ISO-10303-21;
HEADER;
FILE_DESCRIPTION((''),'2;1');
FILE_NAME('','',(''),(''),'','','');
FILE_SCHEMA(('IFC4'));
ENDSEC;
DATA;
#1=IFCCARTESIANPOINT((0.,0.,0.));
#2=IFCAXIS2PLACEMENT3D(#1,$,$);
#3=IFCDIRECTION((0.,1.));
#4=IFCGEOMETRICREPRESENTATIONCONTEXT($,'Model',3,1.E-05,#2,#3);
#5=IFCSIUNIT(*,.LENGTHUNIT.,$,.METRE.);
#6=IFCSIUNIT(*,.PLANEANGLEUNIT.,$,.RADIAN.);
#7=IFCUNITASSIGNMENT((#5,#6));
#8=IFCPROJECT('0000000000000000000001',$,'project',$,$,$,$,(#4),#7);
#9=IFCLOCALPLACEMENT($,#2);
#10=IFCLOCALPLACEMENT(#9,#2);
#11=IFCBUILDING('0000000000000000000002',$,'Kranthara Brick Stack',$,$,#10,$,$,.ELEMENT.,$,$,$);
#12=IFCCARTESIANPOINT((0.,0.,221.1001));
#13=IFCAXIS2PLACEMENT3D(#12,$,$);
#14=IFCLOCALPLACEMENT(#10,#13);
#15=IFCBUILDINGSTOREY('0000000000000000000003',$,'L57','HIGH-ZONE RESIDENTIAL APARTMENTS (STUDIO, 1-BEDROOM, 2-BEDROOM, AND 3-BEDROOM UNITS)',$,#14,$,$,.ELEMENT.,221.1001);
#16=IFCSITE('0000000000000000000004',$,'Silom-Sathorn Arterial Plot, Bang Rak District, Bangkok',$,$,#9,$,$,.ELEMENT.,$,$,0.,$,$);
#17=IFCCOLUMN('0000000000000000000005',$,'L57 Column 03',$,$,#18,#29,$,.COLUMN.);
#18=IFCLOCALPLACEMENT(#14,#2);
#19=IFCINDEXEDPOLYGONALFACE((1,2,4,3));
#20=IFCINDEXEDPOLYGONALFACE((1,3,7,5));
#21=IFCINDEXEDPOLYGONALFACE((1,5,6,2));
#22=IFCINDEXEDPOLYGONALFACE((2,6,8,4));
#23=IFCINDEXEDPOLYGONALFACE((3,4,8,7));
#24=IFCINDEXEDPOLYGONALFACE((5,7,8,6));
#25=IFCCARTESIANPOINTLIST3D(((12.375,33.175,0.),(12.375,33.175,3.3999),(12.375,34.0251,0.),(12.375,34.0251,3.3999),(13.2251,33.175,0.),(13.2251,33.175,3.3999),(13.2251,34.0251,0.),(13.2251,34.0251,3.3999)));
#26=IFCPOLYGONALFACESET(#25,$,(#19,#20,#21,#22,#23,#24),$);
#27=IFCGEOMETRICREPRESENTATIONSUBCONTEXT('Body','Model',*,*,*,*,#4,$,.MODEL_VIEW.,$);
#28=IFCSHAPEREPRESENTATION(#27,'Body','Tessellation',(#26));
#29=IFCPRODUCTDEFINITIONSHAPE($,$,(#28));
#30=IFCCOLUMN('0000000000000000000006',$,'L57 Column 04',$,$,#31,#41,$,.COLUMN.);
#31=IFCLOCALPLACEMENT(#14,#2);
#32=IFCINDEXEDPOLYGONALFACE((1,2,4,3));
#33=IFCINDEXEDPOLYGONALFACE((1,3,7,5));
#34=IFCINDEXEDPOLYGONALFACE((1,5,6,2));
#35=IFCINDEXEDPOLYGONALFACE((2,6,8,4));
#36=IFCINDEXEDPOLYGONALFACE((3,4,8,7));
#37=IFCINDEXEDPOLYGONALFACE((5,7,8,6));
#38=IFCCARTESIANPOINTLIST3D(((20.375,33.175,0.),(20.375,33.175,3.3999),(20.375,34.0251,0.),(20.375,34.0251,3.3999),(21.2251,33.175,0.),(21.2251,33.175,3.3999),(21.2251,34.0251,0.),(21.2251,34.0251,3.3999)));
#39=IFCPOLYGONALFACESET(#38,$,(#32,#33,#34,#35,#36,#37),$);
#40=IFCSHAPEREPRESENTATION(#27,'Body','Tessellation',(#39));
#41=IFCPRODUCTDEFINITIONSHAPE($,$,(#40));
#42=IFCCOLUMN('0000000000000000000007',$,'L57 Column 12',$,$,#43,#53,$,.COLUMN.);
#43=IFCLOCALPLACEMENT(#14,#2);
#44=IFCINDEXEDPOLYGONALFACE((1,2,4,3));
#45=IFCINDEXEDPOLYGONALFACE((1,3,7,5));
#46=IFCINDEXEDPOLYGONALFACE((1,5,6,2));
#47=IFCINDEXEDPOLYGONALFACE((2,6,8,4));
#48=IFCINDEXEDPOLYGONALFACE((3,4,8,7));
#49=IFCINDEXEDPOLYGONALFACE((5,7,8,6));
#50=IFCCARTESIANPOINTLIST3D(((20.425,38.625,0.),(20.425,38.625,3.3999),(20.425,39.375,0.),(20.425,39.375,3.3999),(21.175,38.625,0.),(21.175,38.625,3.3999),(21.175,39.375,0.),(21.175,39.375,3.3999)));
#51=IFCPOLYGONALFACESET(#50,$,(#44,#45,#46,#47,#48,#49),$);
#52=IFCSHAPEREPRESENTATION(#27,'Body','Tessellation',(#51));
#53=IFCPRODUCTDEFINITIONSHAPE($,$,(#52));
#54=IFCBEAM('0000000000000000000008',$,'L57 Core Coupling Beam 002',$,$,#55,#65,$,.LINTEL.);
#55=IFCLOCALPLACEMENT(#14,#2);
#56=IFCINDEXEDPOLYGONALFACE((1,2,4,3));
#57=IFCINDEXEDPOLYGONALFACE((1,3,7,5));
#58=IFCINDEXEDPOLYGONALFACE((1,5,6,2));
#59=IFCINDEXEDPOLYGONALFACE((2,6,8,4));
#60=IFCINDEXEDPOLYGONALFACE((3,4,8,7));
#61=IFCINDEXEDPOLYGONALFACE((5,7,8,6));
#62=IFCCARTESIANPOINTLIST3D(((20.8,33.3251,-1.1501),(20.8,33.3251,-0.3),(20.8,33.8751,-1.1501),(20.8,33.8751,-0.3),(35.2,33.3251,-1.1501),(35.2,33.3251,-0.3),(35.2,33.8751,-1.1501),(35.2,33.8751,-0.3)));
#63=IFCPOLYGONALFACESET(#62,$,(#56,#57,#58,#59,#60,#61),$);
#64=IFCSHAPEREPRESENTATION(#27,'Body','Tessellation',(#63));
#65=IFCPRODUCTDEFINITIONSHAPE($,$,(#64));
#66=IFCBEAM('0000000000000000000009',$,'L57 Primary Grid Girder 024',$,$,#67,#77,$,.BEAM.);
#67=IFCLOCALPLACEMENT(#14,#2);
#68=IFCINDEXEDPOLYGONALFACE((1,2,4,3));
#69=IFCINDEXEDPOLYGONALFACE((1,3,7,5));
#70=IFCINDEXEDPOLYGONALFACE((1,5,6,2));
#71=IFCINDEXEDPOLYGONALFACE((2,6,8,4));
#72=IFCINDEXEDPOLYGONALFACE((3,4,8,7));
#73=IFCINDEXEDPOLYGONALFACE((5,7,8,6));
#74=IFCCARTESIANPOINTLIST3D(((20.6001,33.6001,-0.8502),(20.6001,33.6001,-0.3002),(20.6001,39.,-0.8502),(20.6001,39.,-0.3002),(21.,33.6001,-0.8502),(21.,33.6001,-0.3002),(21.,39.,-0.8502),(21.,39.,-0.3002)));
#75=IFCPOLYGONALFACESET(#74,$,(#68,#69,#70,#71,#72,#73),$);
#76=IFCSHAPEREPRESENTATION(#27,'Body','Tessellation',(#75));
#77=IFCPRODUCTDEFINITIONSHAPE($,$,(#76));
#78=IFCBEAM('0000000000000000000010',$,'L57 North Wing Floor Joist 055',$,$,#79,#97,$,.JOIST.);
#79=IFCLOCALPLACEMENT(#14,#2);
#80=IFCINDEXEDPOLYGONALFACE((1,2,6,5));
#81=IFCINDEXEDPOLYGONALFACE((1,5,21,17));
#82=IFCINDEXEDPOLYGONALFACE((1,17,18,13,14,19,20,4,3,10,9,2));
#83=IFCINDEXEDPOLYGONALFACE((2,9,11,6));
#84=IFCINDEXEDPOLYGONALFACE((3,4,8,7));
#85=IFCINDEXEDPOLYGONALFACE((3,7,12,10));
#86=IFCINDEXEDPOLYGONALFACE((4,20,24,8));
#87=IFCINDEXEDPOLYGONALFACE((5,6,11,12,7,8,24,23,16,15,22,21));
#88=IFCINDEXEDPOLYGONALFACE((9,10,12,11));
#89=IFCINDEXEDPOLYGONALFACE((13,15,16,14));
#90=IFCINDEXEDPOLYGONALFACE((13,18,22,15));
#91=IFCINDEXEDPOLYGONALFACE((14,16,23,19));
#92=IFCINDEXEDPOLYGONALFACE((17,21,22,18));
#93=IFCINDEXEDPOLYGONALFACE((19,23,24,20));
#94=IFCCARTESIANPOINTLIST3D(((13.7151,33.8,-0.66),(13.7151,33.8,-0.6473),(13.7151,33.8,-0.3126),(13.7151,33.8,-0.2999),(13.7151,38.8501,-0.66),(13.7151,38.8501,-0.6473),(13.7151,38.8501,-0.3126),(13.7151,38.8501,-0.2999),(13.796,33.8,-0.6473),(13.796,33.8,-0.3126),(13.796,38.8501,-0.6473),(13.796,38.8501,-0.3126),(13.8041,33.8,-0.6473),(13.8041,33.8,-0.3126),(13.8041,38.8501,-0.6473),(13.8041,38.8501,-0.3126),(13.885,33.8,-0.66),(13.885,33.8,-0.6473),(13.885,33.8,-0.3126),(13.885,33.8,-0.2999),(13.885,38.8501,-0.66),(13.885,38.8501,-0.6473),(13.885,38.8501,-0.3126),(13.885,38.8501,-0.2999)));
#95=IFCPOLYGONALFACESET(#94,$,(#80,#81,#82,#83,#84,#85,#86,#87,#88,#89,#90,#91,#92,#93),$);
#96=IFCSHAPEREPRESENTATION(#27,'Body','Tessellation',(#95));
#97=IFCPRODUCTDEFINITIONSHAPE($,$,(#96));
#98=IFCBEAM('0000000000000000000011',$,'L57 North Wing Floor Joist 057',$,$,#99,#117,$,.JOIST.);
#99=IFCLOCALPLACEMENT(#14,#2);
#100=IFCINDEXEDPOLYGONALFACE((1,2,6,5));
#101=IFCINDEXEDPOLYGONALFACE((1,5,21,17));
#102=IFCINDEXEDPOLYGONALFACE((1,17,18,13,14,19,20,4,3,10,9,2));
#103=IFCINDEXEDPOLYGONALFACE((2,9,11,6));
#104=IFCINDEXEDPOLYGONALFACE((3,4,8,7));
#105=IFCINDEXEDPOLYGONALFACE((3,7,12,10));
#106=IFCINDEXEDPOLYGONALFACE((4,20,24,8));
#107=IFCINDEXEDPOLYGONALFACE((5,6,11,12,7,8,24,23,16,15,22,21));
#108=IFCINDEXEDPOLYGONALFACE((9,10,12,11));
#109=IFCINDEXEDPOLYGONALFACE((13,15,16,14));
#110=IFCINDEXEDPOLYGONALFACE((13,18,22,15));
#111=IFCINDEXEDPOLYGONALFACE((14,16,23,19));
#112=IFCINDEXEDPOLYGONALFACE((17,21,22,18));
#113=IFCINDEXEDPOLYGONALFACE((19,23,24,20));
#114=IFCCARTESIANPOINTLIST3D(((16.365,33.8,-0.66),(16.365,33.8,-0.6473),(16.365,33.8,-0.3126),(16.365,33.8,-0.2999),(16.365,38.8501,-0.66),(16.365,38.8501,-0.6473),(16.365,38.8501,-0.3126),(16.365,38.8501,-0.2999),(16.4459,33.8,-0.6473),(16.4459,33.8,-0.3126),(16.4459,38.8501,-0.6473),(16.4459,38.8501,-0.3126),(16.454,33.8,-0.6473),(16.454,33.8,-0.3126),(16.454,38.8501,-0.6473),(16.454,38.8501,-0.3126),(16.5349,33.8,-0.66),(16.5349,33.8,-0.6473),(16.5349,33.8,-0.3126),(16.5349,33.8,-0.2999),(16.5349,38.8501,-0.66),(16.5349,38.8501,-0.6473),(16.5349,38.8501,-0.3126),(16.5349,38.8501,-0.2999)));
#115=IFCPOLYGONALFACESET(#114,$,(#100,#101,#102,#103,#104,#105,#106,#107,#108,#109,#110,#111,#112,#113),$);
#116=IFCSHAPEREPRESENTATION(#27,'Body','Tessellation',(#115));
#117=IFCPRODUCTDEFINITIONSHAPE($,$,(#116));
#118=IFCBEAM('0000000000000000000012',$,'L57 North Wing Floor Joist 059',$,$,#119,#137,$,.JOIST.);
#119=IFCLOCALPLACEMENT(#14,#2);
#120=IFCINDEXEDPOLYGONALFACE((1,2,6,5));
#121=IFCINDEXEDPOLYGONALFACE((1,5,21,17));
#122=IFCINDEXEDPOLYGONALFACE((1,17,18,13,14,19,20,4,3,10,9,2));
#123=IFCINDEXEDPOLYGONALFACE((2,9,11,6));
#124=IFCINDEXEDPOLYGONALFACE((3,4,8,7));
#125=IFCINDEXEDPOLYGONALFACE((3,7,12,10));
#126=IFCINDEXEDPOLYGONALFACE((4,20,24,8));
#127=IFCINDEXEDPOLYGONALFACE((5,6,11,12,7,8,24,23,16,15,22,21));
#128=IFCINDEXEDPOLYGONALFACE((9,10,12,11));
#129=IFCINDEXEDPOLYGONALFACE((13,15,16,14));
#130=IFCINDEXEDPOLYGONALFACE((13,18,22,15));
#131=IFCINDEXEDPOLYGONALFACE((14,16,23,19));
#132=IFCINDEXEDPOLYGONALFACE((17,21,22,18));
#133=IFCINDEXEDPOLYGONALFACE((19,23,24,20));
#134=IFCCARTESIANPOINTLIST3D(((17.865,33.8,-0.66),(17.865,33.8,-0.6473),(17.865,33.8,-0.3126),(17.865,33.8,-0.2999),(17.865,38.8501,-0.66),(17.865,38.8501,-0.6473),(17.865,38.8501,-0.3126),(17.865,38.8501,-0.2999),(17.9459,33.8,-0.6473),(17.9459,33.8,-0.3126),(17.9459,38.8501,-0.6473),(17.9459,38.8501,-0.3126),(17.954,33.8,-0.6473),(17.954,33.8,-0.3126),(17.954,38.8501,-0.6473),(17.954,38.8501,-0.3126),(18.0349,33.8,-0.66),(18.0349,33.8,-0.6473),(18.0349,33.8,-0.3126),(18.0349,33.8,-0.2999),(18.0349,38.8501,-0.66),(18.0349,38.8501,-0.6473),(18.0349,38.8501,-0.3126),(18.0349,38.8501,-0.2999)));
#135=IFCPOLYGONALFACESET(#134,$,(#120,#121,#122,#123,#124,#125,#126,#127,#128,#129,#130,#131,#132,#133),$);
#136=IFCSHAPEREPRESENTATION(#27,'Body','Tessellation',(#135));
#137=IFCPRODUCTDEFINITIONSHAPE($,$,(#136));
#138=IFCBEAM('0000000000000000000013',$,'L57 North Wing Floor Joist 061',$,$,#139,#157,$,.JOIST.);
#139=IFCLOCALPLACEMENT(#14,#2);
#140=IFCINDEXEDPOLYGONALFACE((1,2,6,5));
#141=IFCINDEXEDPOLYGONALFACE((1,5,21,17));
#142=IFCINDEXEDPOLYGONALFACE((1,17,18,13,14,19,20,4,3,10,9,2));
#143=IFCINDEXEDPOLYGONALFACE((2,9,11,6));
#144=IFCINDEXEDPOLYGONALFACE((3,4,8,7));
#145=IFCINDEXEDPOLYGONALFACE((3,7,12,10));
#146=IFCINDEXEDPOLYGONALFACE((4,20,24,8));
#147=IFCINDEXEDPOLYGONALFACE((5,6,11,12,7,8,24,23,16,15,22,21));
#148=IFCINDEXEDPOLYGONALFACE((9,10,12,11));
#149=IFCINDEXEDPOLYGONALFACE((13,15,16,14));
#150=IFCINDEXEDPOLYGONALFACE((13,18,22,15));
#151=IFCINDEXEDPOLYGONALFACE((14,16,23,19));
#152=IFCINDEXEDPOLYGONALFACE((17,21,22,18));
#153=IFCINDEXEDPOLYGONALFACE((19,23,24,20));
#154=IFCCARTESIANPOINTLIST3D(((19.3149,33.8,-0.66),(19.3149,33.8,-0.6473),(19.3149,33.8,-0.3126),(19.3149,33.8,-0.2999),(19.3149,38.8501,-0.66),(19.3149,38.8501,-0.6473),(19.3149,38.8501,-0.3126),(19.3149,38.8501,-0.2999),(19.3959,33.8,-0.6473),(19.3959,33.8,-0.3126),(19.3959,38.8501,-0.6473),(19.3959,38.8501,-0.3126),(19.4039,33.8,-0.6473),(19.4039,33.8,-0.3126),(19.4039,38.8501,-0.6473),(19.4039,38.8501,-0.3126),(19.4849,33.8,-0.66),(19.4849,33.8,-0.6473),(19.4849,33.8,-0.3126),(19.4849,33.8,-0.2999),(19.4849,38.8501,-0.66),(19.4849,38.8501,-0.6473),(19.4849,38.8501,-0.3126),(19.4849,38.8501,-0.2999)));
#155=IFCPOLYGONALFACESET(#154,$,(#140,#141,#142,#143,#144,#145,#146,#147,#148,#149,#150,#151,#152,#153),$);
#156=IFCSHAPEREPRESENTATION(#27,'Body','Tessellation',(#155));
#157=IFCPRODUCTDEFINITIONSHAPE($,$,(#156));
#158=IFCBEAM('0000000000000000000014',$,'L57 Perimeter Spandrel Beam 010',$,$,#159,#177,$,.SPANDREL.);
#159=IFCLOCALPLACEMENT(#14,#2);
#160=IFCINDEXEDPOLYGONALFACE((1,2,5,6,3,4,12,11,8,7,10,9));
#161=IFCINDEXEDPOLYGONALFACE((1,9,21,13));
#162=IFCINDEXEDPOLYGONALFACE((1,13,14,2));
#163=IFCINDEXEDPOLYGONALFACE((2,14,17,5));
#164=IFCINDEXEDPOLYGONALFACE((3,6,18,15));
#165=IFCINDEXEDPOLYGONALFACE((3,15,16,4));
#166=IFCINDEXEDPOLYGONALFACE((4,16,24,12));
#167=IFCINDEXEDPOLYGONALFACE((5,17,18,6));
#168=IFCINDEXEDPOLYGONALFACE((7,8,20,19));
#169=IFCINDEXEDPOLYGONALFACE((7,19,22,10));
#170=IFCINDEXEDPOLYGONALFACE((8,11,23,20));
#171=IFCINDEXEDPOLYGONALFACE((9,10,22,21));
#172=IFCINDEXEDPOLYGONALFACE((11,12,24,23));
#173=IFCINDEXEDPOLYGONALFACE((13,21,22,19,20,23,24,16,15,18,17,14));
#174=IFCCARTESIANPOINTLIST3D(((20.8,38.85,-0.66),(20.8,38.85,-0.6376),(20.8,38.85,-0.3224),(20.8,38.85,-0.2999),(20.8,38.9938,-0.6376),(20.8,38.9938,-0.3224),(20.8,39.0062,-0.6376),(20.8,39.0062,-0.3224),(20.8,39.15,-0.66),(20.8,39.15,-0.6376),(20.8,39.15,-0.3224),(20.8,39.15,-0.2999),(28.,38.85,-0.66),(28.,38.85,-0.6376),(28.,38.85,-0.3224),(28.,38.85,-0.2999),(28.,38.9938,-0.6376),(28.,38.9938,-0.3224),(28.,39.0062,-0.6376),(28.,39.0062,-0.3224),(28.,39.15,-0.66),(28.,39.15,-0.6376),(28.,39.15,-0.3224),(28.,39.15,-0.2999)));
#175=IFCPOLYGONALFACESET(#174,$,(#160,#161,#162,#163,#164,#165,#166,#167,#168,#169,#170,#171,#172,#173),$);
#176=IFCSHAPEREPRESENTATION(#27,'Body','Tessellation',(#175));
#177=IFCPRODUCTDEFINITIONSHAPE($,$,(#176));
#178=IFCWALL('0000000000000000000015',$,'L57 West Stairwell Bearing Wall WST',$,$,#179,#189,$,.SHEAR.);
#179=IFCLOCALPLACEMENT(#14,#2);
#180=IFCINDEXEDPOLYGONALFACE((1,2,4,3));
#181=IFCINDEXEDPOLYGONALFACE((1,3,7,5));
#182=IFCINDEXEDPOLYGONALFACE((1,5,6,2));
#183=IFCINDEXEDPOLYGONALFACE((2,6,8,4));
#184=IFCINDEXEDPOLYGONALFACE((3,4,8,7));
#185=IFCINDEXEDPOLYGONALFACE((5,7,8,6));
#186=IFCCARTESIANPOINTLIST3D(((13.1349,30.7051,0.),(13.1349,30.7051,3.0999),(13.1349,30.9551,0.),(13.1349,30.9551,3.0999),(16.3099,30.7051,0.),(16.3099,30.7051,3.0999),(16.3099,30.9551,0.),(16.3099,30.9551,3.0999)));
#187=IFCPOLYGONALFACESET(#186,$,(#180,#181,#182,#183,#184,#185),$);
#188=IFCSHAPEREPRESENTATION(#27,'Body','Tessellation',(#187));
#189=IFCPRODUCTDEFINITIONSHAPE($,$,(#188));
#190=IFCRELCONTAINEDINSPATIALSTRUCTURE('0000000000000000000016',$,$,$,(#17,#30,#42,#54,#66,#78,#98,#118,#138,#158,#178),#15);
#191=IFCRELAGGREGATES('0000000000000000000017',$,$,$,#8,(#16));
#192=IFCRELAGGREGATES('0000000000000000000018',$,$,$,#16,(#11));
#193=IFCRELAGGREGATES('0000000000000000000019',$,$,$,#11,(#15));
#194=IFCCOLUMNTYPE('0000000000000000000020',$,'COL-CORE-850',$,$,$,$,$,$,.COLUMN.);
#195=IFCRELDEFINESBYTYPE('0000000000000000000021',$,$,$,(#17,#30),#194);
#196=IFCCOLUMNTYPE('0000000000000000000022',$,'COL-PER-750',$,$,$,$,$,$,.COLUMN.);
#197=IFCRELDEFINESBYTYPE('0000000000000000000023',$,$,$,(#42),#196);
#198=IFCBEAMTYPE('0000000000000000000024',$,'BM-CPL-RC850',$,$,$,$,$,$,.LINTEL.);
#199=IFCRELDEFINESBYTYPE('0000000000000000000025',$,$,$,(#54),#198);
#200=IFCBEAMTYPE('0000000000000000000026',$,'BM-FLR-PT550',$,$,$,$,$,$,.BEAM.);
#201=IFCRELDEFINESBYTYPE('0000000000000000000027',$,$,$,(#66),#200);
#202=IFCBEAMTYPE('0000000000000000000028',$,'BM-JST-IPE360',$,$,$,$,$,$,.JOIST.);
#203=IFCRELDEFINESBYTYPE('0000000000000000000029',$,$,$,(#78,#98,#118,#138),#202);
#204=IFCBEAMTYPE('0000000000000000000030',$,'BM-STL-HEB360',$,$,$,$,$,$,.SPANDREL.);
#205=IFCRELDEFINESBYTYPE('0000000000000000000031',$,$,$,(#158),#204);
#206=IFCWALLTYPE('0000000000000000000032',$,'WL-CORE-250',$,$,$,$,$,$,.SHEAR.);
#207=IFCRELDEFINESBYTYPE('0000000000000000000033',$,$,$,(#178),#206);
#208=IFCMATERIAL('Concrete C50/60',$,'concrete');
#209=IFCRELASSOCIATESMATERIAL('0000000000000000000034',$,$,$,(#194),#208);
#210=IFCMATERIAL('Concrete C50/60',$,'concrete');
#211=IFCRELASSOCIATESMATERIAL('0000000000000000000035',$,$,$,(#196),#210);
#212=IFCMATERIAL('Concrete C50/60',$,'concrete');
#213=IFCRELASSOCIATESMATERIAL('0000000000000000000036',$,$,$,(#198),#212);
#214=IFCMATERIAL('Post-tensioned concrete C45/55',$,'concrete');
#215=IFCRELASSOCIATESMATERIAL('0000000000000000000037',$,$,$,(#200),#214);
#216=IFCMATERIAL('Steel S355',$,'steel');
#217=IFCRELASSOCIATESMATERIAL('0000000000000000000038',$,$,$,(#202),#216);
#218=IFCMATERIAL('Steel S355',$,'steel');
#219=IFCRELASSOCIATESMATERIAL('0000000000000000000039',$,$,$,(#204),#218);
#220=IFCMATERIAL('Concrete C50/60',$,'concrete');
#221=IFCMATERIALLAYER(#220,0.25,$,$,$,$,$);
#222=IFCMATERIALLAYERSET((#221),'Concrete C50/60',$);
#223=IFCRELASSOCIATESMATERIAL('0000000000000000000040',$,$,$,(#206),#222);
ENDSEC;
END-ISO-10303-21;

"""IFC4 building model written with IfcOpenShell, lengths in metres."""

from ifc_helpers import new_model, si_unit, direction, frame, frame_2d, origin, origin_2d, place, context, subcontext, project, spatial, rectangle, i_section, extrude, material, layer, layer_set, material_profile, profile_set, type_object, element, save


model = new_model("IFC4")

# Units and contexts
model_context = context("Model", 3, precision=1e-05, world=origin(), true_north=direction((0.0, 1.0)))
body_context = subcontext(model_context, "Body", "Model", "MODEL_VIEW")
ifc_project = project(units=[si_unit("LENGTHUNIT", "METRE"), si_unit("PLANEANGLEUNIT", "RADIAN")], contexts=[model_context])

# Site, building, storey
site_placement = place(None, origin())
site = spatial("IfcSite", under=ifc_project, at=site_placement, Name="Silom-Sathorn Arterial Plot, Bang Rak District, Bangkok", CompositionType="ELEMENT", RefElevation=0.0)
building_placement = place(site_placement, origin())
building = spatial("IfcBuilding", under=site, at=building_placement, Name="Kranthara Brick Stack", CompositionType="ELEMENT")
storey_placement = place(building_placement, frame((0.0, 0.0, 221.1001)))
storey = spatial("IfcBuildingStorey", under=building, at=storey_placement, Name="L57", Description="HIGH-ZONE RESIDENTIAL APARTMENTS (STUDIO, 1-BEDROOM, 2-BEDROOM, AND 3-BEDROOM UNITS)", CompositionType="ELEMENT", Elevation=221.1001)

# Columns
ifc_material_1 = material(Name="Concrete C50/60", Category="concrete")
ifc_material_profile_1 = material_profile(ifc_material_1, rectangle(XDim=0.8501, YDim=0.8501, at=origin_2d()), Name="RC 850x850")
ifc_profile_set_1 = profile_set([ifc_material_profile_1], Name="Concrete C50/60")
column_type_1 = type_object("IfcColumnType", Name="COL-CORE-850", PredefinedType="COLUMN", material=ifc_profile_set_1)
for number, where, z_axis, x_axis, name in (
    (1, (12.8, 33.6001, 0.0), (0.0, 0.0, 1.0), (1.0, 0.0, 0.0), "L57 Column 03"),
    (2, (20.8, 33.6001, 0.0), (0.0, 0.0, 1.0), (1.0, 0.0, 0.0), "L57 Column 04"),
):
    element("IfcColumn", number, at=place(storey_placement, frame(where, z_axis=z_axis, x_axis=x_axis)), inside=storey, type_object=column_type_1, Name=name, PredefinedType="COLUMN", context=body_context, shape_type="SweptSolid", body=[
        extrude(rectangle(XDim=0.8501, YDim=0.8501, at=origin_2d()), origin(), (0.0, 0.0, 1.0), 3.3999),
    ])
ifc_material_2 = material(Name="Concrete C50/60", Category="concrete")
ifc_material_profile_2 = material_profile(ifc_material_2, rectangle(XDim=0.75, YDim=0.75, at=origin_2d()), Name="RC 750x750")
ifc_profile_set_2 = profile_set([ifc_material_profile_2], Name="Concrete C50/60")
column_type_2 = type_object("IfcColumnType", Name="COL-PER-750", PredefinedType="COLUMN", material=ifc_profile_set_2)
column_placement = place(storey_placement, frame((20.8, 39.0, 0.0), z_axis=(0.0, 0.0, 1.0), x_axis=(1.0, 0.0, 0.0)))
element("IfcColumn", 3, at=column_placement, inside=storey, type_object=column_type_2, Name="L57 Column 12", PredefinedType="COLUMN", context=body_context, shape_type="SweptSolid", body=[
    extrude(rectangle(XDim=0.75, YDim=0.75, at=origin_2d()), origin(), (0.0, 0.0, 1.0), 3.3999),
])

# Beams
ifc_material_3 = material(Name="Concrete C50/60", Category="concrete")
ifc_material_profile_3 = material_profile(ifc_material_3, rectangle(XDim=0.55, YDim=0.8501, at=origin_2d()), Name="RC 550x850")
ifc_profile_set_3 = profile_set([ifc_material_profile_3], Name="Concrete C50/60")
beam_type_1 = type_object("IfcBeamType", Name="BM-CPL-RC850", PredefinedType="LINTEL", material=ifc_profile_set_3)
beam_1_placement = place(storey_placement, frame((20.8, 33.6001, -0.7251), z_axis=(1.0, 0.0, 0.0), x_axis=(0.0, 1.0, 0.0)))
element("IfcBeam", 4, at=beam_1_placement, inside=storey, type_object=beam_type_1, Name="L57 Core Coupling Beam 002", PredefinedType="LINTEL", context=body_context, shape_type="SweptSolid", body=[
    extrude(rectangle(XDim=0.55, YDim=0.8501, at=origin_2d()), origin(), (0.0, 0.0, 1.0), 14.3999),
])
ifc_material_4 = material(Name="Post-tensioned concrete C45/55", Category="concrete")
ifc_material_profile_4 = material_profile(ifc_material_4, rectangle(XDim=0.3999, YDim=0.55, at=origin_2d()), Name="PT 400x550")
ifc_profile_set_4 = profile_set([ifc_material_profile_4], Name="Post-tensioned concrete C45/55")
beam_type_2 = type_object("IfcBeamType", Name="BM-FLR-PT550", PredefinedType="BEAM", material=ifc_profile_set_4)
beam_2_placement = place(storey_placement, frame((20.8, 33.6001, -0.5752), z_axis=(0.0, 1.0, 0.0), x_axis=(-1.0, 0.0, 0.0)))
element("IfcBeam", 5, at=beam_2_placement, inside=storey, type_object=beam_type_2, Name="L57 Primary Grid Girder 024", PredefinedType="BEAM", context=body_context, shape_type="SweptSolid", body=[
    extrude(rectangle(XDim=0.3999, YDim=0.55, at=origin_2d()), origin(), (0.0, 0.0, 1.0), 5.3999),
])
ifc_material_5 = material(Name="Steel S355", Category="steel")
ifc_material_profile_5 = material_profile(ifc_material_5, i_section(OverallWidth=0.1699, OverallDepth=0.3601, WebThickness=0.0081, FlangeThickness=0.0127, at=origin_2d()), Name="IPE 360")
ifc_profile_set_5 = profile_set([ifc_material_profile_5], Name="Steel S355")
beam_type_3 = type_object("IfcBeamType", Name="BM-JST-IPE360", PredefinedType="JOIST", material=ifc_profile_set_5)
for number, where, z_axis, x_axis, name in (
    (6, (13.8, 33.8, -0.48), (0.0, 1.0, 0.0), (-1.0, 0.0, 0.0), "L57 North Wing Floor Joist 055"),
    (7, (16.45, 33.8, -0.48), (0.0, 1.0, 0.0), (-1.0, 0.0, 0.0), "L57 North Wing Floor Joist 057"),
    (8, (17.95, 33.8, -0.48), (0.0, 1.0, 0.0), (-1.0, 0.0, 0.0), "L57 North Wing Floor Joist 059"),
    (9, (19.3999, 33.8, -0.48), (0.0, 1.0, 0.0), (-1.0, 0.0, 0.0), "L57 North Wing Floor Joist 061"),
):
    element("IfcBeam", number, at=place(storey_placement, frame(where, z_axis=z_axis, x_axis=x_axis)), inside=storey, type_object=beam_type_3, Name=name, PredefinedType="JOIST", context=body_context, shape_type="SweptSolid", body=[
        extrude(i_section(OverallWidth=0.1699, OverallDepth=0.3601, WebThickness=0.0081, FlangeThickness=0.0127, at=origin_2d()), origin(), (0.0, 0.0, 1.0), 5.05),
    ])
ifc_material_6 = material(Name="Steel S355", Category="steel")
ifc_material_profile_6 = material_profile(ifc_material_6, i_section(OverallWidth=0.3, OverallDepth=0.3601, WebThickness=0.0125, FlangeThickness=0.0225, at=origin_2d()), Name="HEB 360")
ifc_profile_set_6 = profile_set([ifc_material_profile_6], Name="Steel S355")
beam_type_4 = type_object("IfcBeamType", Name="BM-STL-HEB360", PredefinedType="SPANDREL", material=ifc_profile_set_6)
beam_3_placement = place(storey_placement, frame((20.8, 39.0, -0.48), z_axis=(1.0, 0.0, 0.0), x_axis=(0.0, 1.0, 0.0)))
element("IfcBeam", 10, at=beam_3_placement, inside=storey, type_object=beam_type_4, Name="L57 Perimeter Spandrel Beam 010", PredefinedType="SPANDREL", context=body_context, shape_type="SweptSolid", body=[
    extrude(i_section(OverallWidth=0.3, OverallDepth=0.3601, WebThickness=0.0125, FlangeThickness=0.0225, at=origin_2d()), origin(), (0.0, 0.0, 1.0), 7.2),
])

# Wall
ifc_material_7 = material(Name="Concrete C50/60", Category="concrete")
ifc_layer_1 = layer(ifc_material_7, 0.25)
ifc_layer_set_1 = layer_set([ifc_layer_1], Name="Concrete C50/60")
wall_type_1 = type_object("IfcWallType", Name="WL-CORE-250", PredefinedType="SHEAR", material=ifc_layer_set_1)
wall_1_placement = place(storey_placement, frame((13.135, 30.8301, 0.0), z_axis=(0.0, 0.0, 1.0), x_axis=(1.0, 0.0, 0.0)))
element("IfcWall", 11, at=wall_1_placement, inside=storey, type_object=wall_type_1, Name="L57 West Stairwell Bearing Wall WST", PredefinedType="SHEAR", context=body_context, shape_type="SweptSolid", body=[
    extrude(rectangle(XDim=3.175, YDim=0.25, at=frame_2d((1.5874, 0.0))), origin(), (0.0, 0.0, 1.0), 3.0999),
])

save(model, "model.ifc")
